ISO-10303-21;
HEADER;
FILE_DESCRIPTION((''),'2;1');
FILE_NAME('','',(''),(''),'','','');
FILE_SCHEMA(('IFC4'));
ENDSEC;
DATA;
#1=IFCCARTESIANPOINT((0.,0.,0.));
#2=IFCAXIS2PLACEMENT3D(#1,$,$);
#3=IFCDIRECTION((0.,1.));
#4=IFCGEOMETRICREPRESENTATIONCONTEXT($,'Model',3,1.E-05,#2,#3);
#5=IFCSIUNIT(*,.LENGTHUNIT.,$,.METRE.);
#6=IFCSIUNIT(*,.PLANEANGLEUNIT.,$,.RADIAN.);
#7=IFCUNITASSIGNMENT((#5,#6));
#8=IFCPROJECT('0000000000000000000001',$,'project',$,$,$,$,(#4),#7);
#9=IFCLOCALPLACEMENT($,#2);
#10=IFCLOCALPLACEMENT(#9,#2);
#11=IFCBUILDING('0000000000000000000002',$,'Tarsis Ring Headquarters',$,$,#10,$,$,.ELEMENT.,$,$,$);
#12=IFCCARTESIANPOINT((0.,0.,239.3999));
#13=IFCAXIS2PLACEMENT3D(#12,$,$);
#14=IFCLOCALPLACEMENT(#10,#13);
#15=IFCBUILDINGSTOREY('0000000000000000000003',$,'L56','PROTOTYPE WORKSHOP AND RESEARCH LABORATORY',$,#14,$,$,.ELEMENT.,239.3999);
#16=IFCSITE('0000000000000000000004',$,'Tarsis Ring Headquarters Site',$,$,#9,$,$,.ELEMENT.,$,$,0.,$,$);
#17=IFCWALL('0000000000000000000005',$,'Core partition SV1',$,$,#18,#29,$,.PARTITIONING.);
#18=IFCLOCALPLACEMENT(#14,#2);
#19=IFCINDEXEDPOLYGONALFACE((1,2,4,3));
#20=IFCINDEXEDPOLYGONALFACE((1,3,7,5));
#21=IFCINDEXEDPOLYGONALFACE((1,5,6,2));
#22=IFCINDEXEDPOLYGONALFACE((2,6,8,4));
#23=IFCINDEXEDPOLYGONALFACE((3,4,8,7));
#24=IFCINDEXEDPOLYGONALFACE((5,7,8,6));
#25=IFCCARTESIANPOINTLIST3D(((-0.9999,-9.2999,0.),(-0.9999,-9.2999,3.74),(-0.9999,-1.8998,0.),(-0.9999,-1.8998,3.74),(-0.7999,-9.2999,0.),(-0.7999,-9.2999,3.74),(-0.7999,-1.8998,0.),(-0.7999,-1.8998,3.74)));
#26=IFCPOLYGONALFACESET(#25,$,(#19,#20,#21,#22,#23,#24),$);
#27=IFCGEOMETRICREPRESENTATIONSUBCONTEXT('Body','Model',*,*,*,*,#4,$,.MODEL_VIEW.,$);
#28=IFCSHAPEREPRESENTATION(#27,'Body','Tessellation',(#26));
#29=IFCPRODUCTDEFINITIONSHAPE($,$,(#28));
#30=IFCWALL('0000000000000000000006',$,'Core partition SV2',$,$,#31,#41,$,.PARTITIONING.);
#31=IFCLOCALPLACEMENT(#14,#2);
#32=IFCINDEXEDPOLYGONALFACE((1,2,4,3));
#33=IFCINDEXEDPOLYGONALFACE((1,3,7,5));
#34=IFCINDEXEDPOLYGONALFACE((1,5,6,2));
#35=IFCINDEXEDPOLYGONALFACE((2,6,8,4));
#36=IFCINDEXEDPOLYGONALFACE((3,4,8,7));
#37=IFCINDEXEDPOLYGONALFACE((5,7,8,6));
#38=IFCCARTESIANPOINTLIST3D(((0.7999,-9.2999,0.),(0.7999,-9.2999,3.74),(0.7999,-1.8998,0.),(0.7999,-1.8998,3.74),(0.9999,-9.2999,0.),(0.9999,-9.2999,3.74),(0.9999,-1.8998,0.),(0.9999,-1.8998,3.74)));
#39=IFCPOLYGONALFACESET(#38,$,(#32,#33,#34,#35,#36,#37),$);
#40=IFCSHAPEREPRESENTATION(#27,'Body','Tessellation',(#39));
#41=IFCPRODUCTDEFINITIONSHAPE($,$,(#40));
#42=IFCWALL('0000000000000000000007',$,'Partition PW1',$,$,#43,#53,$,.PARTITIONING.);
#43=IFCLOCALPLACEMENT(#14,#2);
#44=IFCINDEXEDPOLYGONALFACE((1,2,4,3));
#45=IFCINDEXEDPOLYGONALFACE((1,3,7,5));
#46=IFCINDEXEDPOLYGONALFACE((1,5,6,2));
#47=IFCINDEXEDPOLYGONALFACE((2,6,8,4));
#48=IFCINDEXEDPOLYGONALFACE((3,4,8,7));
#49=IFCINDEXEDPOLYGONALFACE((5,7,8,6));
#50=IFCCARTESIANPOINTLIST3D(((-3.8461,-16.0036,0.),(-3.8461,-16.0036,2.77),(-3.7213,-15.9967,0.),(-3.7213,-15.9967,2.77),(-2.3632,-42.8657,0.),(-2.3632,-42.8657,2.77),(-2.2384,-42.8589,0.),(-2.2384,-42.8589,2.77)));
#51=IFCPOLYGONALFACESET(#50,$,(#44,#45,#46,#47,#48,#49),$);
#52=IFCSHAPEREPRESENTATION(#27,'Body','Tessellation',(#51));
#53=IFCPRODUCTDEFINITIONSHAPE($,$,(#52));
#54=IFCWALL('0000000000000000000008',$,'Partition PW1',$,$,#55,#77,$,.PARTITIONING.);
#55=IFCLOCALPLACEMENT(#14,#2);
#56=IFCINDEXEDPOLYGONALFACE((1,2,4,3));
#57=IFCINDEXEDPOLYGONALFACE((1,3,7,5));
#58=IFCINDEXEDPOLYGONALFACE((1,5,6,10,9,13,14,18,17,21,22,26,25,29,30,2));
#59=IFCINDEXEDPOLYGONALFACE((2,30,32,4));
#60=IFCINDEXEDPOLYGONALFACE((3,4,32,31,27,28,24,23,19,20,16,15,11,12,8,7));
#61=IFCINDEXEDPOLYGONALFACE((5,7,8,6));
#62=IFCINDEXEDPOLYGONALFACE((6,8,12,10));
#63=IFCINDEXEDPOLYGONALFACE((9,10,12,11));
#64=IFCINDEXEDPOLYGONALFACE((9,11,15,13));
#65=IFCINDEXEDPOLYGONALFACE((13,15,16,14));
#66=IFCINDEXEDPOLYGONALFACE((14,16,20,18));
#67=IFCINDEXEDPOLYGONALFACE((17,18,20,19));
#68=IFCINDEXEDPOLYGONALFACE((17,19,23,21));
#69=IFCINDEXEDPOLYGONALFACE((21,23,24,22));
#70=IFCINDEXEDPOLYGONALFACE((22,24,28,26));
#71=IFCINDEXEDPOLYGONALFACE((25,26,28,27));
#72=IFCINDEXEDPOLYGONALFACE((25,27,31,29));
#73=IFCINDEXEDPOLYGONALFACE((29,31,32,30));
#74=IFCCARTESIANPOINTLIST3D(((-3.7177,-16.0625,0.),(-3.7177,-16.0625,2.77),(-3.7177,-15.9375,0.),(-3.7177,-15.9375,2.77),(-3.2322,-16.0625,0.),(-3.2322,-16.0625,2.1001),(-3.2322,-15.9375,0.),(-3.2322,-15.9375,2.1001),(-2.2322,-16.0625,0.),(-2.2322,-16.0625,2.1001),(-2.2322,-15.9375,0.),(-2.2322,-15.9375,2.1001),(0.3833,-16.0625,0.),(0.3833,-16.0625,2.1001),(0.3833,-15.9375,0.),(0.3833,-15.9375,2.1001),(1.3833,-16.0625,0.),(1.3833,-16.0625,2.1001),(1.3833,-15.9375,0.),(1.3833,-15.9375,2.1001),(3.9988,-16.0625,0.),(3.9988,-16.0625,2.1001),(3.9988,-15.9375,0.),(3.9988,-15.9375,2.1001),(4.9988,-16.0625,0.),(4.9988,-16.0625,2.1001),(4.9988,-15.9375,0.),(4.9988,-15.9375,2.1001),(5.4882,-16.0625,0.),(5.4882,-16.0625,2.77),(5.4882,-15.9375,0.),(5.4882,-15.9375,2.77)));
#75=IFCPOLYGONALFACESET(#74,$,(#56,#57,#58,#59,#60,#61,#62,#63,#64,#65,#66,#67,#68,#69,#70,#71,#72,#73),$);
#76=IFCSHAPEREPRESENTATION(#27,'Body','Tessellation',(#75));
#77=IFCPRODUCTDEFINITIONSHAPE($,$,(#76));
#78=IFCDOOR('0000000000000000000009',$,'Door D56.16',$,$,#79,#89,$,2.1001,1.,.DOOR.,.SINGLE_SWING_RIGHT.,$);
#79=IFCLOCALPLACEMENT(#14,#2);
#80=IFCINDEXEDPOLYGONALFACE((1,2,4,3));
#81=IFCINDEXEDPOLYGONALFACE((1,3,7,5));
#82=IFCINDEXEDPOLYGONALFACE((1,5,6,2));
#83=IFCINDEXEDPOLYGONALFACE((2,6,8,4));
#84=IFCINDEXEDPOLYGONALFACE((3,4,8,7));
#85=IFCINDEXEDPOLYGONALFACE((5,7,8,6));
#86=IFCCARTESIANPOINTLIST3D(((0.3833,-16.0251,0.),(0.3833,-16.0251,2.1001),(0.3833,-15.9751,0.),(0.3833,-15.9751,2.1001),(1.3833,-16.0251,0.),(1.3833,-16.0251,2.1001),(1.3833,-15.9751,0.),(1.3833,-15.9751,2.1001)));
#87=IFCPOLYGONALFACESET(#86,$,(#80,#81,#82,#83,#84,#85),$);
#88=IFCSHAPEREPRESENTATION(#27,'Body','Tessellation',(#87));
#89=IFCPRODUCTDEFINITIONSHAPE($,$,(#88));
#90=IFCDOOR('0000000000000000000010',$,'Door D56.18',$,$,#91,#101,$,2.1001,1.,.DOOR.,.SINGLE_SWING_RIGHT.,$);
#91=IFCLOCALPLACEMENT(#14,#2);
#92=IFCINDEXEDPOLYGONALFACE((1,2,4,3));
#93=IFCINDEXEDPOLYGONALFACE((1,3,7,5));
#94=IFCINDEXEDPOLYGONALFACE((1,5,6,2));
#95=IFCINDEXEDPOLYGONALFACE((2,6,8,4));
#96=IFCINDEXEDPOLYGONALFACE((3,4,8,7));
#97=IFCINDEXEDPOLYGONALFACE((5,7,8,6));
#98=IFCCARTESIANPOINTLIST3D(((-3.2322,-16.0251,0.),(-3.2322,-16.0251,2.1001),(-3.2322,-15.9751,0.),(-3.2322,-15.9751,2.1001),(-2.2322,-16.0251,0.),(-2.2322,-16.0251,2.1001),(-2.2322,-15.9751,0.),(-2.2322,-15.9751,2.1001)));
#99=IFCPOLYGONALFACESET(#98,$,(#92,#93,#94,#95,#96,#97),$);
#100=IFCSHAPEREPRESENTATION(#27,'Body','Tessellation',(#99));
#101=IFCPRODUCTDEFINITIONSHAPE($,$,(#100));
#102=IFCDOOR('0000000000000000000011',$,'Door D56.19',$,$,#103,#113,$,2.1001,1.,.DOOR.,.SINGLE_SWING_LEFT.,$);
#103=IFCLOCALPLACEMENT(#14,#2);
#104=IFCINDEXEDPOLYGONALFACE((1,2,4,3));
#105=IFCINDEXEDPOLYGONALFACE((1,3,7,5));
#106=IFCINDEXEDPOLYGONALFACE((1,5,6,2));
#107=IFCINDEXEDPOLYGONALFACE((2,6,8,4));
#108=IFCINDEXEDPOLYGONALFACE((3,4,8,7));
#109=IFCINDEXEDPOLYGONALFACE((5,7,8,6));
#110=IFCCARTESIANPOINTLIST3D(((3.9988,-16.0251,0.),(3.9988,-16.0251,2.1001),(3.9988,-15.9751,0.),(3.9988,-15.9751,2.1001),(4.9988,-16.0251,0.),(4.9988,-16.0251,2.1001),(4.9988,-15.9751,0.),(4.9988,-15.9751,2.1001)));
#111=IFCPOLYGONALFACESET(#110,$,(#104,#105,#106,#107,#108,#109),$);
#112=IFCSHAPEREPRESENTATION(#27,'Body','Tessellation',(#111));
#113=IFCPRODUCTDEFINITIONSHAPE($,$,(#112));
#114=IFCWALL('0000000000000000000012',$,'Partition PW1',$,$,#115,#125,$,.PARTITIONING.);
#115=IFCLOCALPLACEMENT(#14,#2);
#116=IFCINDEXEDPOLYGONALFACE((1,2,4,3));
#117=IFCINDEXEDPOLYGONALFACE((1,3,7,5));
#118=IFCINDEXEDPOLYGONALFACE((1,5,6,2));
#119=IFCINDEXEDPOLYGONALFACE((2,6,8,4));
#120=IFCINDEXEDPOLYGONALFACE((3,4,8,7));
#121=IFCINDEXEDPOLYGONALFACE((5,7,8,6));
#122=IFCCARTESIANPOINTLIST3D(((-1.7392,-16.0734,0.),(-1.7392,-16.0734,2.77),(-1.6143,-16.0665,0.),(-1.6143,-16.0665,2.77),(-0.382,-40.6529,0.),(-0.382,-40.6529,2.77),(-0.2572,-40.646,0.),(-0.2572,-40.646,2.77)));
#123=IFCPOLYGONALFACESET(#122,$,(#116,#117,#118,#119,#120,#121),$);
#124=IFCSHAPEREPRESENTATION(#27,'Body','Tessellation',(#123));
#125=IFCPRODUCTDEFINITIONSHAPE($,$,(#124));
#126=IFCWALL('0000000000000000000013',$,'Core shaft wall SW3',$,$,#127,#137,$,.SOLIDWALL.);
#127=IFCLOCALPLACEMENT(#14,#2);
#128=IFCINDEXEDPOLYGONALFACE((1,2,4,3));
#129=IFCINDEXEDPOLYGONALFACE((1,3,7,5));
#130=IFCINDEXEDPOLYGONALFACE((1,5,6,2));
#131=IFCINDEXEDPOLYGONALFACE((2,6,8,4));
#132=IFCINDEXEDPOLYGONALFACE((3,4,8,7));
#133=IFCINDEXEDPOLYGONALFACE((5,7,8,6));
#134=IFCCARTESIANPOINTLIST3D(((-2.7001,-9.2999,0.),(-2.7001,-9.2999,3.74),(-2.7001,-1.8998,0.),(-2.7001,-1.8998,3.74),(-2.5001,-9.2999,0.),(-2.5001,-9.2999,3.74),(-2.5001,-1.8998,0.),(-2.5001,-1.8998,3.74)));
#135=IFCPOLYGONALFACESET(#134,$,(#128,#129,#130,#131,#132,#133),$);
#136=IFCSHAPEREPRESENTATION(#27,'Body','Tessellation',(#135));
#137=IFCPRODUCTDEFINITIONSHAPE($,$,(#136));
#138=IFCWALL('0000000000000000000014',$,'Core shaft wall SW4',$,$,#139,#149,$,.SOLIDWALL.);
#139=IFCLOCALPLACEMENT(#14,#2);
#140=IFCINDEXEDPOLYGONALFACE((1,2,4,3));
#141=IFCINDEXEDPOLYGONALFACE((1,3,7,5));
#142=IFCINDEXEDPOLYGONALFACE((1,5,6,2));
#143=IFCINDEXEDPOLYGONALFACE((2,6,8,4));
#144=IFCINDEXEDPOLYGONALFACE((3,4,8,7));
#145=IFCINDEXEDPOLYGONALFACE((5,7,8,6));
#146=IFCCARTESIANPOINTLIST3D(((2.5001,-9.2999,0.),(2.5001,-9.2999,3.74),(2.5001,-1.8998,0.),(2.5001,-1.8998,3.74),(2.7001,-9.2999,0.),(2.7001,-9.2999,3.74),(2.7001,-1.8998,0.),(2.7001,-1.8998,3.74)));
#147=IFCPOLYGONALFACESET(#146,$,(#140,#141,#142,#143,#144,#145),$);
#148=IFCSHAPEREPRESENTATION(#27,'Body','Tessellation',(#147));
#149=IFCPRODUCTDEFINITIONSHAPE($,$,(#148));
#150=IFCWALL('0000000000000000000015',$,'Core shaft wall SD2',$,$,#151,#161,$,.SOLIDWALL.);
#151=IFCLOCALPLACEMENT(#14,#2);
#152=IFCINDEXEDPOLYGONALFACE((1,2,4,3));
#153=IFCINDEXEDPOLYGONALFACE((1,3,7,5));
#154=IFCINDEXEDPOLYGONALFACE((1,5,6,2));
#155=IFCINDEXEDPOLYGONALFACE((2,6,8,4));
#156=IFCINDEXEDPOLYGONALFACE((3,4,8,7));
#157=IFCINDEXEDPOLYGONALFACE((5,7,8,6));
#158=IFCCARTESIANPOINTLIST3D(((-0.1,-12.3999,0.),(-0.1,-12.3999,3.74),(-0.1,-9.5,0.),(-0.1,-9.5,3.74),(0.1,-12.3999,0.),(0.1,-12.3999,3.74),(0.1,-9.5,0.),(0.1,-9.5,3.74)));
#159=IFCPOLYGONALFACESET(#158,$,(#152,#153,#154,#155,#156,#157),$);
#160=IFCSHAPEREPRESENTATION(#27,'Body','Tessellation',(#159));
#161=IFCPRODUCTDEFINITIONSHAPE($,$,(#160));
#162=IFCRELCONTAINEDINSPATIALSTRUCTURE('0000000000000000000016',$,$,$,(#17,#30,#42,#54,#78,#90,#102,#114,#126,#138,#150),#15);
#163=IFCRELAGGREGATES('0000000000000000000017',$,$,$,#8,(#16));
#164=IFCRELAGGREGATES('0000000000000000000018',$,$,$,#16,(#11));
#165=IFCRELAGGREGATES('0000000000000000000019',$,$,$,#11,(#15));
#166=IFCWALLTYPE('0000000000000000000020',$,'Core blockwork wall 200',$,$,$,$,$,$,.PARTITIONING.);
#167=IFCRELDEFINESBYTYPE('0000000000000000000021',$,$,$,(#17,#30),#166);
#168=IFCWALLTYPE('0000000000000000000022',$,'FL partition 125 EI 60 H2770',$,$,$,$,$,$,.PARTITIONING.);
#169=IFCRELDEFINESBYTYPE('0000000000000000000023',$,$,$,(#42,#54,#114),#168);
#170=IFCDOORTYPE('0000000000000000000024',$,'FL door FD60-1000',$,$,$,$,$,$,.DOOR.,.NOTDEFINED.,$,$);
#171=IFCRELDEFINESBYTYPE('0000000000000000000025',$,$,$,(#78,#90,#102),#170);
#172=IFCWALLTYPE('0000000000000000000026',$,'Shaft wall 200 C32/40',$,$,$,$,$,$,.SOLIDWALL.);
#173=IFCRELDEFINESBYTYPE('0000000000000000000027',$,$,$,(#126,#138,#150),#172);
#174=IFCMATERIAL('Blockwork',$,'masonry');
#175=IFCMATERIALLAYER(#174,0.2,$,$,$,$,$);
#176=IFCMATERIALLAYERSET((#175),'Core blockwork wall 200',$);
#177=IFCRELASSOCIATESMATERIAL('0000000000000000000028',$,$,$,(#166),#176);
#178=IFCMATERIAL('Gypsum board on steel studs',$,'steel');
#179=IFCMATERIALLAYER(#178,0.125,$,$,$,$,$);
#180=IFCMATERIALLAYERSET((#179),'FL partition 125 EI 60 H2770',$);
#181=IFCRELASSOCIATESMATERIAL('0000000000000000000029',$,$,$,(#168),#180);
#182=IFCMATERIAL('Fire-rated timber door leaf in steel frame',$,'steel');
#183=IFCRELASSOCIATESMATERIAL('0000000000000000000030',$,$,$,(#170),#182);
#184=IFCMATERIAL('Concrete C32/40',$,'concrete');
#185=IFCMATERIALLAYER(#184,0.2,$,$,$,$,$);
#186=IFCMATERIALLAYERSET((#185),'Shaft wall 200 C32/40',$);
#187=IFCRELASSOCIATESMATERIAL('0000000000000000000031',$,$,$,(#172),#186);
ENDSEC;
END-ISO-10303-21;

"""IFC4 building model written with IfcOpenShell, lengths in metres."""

from ifc_helpers import new_model, si_unit, direction, frame, frame_2d, origin, place, context, subcontext, project, spatial, rectangle, extrude, material, layer, layer_set, type_object, element, fill, save


model = new_model("IFC4")

# Units and contexts
model_context = context("Model", 3, precision=1e-05, world=origin(), true_north=direction((0.0, 1.0)))
body_context = subcontext(model_context, "Body", "Model", "MODEL_VIEW")
ifc_project = project(units=[si_unit("LENGTHUNIT", "METRE"), si_unit("PLANEANGLEUNIT", "RADIAN")], contexts=[model_context])

# Site, building, storey
site_placement = place(None, origin())
site = spatial("IfcSite", under=ifc_project, at=site_placement, Name="Tarsis Ring Headquarters Site", CompositionType="ELEMENT", RefElevation=0.0)
building_placement = place(site_placement, origin())
building = spatial("IfcBuilding", under=site, at=building_placement, Name="Tarsis Ring Headquarters", CompositionType="ELEMENT")
storey_placement = place(building_placement, frame((0.0, 0.0, 239.3999)))
storey = spatial("IfcBuildingStorey", under=building, at=storey_placement, Name="L56", Description="PROTOTYPE WORKSHOP AND RESEARCH LABORATORY", CompositionType="ELEMENT", Elevation=239.3999)

# Walls
ifc_material_1 = material(Name="Blockwork", Category="masonry")
ifc_layer_1 = layer(ifc_material_1, 0.2)
ifc_layer_set_1 = layer_set([ifc_layer_1], Name="Core blockwork wall 200")
wall_type_1 = type_object("IfcWallType", Name="Core blockwork wall 200", PredefinedType="PARTITIONING", material=ifc_layer_set_1)
for number, where, z_axis, x_axis, name in (
    (1, (-0.8999, -9.3, 0.0), (0.0, 0.0, 1.0), (0.0, 1.0, 0.0), "Core partition SV1"),
    (2, (0.8999, -9.3, 0.0), (0.0, 0.0, 1.0), (0.0, 1.0, 0.0), "Core partition SV2"),
):
    element("IfcWall", number, at=place(storey_placement, frame(where, z_axis=z_axis, x_axis=x_axis)), inside=storey, type_object=wall_type_1, Name=name, PredefinedType="PARTITIONING", context=body_context, shape_type="SweptSolid", body=[
        extrude(rectangle(XDim=7.4001, YDim=0.2, at=frame_2d((3.7002, 0.0))), origin(), (0.0, 0.0, 1.0), 3.74),
    ])
ifc_material_2 = material(Name="Gypsum board on steel studs", Category="steel")
ifc_layer_2 = layer(ifc_material_2, 0.125)
ifc_layer_set_2 = layer_set([ifc_layer_2], Name="FL partition 125 EI 60 H2770")
wall_type_2 = type_object("IfcWallType", Name="FL partition 125 EI 60 H2770", PredefinedType="PARTITIONING", material=ifc_layer_set_2)
wall_1_placement = place(storey_placement, frame((-3.7837, -16.0, 0.0), z_axis=(0.0, 0.0, 1.0), x_axis=(0.055121, -0.99848, 0.0)))
element("IfcWall", 3, at=wall_1_placement, inside=storey, type_object=wall_type_2, Name="Partition PW1", PredefinedType="PARTITIONING", context=body_context, shape_type="SweptSolid", body=[
    extrude(rectangle(XDim=26.9031, YDim=0.125, at=frame_2d((13.4517, 0.0))), origin(), (0.0, 0.0, 1.0), 2.77),
])

# Wall, openings, doors
wall_2_placement = place(storey_placement, frame((-3.7178, -16.0, 0.0), z_axis=(0.0, 0.0, 1.0), x_axis=(1.0, 0.0, 0.0)))
wall_2 = element("IfcWall", 4, at=wall_2_placement, inside=storey, type_object=wall_type_2, Name="Partition PW1", PredefinedType="PARTITIONING", context=body_context, shape_type="SweptSolid", body=[
    extrude(rectangle(XDim=9.2058, YDim=0.125, at=frame_2d((4.603, 0.0))), origin(), (0.0, 0.0, 1.0), 2.77),
])
opening_1_placement = place(wall_2_placement, frame((4.1011, 0.0, 0.0)))
opening_1 = element("IfcOpeningElement", 5, at=opening_1_placement, cuts=wall_2, PredefinedType="OPENING", context=body_context, shape_type="SweptSolid", body=[
    extrude(rectangle(XDim=1.0, YDim=2.1001, at=frame_2d((0.5, 1.05))), frame((0.0, 0.0725, 0.0), z_axis=(0.0, -1.0, 0.0), x_axis=(1.0, 0.0, 0.0)), (0.0, 0.0, 1.0), 0.145),
])
opening_2_placement = place(wall_2_placement, frame((0.4856, 0.0, 0.0)))
opening_2 = element("IfcOpeningElement", 6, at=opening_2_placement, cuts=wall_2, PredefinedType="OPENING", context=body_context, shape_type="SweptSolid", body=[
    extrude(rectangle(XDim=1.0, YDim=2.1001, at=frame_2d((0.5, 1.05))), frame((0.0, 0.0725, 0.0), z_axis=(0.0, -1.0, 0.0), x_axis=(1.0, 0.0, 0.0)), (0.0, 0.0, 1.0), 0.145),
])
opening_3_placement = place(wall_2_placement, frame((7.7166, 0.0, 0.0)))
opening_3 = element("IfcOpeningElement", 7, at=opening_3_placement, cuts=wall_2, PredefinedType="OPENING", context=body_context, shape_type="SweptSolid", body=[
    extrude(rectangle(XDim=1.0, YDim=2.1001, at=frame_2d((0.5, 1.05))), frame((0.0, 0.0725, 0.0), z_axis=(0.0, -1.0, 0.0), x_axis=(1.0, 0.0, 0.0)), (0.0, 0.0, 1.0), 0.145),
])
ifc_material_3 = material(Name="Fire-rated timber door leaf in steel frame", Category="steel")
door_type = type_object("IfcDoorType", Name="FL door FD60-1000", OperationType="NOTDEFINED", PredefinedType="DOOR", material=ifc_material_3)
door_1_placement = place(opening_1_placement, origin())
door_1 = element("IfcDoor", 8, at=door_1_placement, inside=storey, type_object=door_type, Name="Door D56.16", OperationType="SINGLE_SWING_RIGHT", OverallHeight=2.1001, OverallWidth=1.0, PredefinedType="DOOR", context=body_context, shape_type="SweptSolid", body=[
    extrude(rectangle(XDim=1.0, YDim=2.1001, at=frame_2d((0.5, 1.05))), frame((0.0, 0.0249, 0.0), z_axis=(0.0, -1.0, 0.0), x_axis=(1.0, 0.0, 0.0)), (0.0, 0.0, 1.0), 0.05),
])
fill(opening_1, door_1)
door_2_placement = place(opening_2_placement, origin())
door_2 = element("IfcDoor", 9, at=door_2_placement, inside=storey, type_object=door_type, Name="Door D56.18", OperationType="SINGLE_SWING_RIGHT", OverallHeight=2.1001, OverallWidth=1.0, PredefinedType="DOOR", context=body_context, shape_type="SweptSolid", body=[
    extrude(rectangle(XDim=1.0, YDim=2.1001, at=frame_2d((0.5, 1.05))), frame((0.0, 0.0249, 0.0), z_axis=(0.0, -1.0, 0.0), x_axis=(1.0, 0.0, 0.0)), (0.0, 0.0, 1.0), 0.05),
])
fill(opening_2, door_2)
door_3_placement = place(opening_3_placement, origin())
door_3 = element("IfcDoor", 10, at=door_3_placement, inside=storey, type_object=door_type, Name="Door D56.19", OperationType="SINGLE_SWING_LEFT", OverallHeight=2.1001, OverallWidth=1.0, PredefinedType="DOOR", context=body_context, shape_type="SweptSolid", body=[
    extrude(rectangle(XDim=1.0, YDim=2.1001, at=frame_2d((0.5, 1.05))), frame((0.0, 0.0249, 0.0), z_axis=(0.0, -1.0, 0.0), x_axis=(1.0, 0.0, 0.0)), (0.0, 0.0, 1.0), 0.05),
])
fill(opening_3, door_3)

# Walls
wall_3_placement = place(storey_placement, frame((-1.6768, -16.0698, 0.0), z_axis=(0.0, 0.0, 1.0), x_axis=(0.055132, -0.998479, 0.0)))
element("IfcWall", 11, at=wall_3_placement, inside=storey, type_object=wall_type_2, Name="Partition PW1", PredefinedType="PARTITIONING", context=body_context, shape_type="SweptSolid", body=[
    extrude(rectangle(XDim=24.6169, YDim=0.125, at=frame_2d((12.3086, 0.0))), origin(), (0.0, 0.0, 1.0), 2.77),
])
ifc_material_4 = material(Name="Concrete C32/40", Category="concrete")
ifc_layer_3 = layer(ifc_material_4, 0.2)
ifc_layer_set_3 = layer_set([ifc_layer_3], Name="Shaft wall 200 C32/40")
wall_type_3 = type_object("IfcWallType", Name="Shaft wall 200 C32/40", PredefinedType="SOLIDWALL", material=ifc_layer_set_3)
for number, where, z_axis, x_axis, name in (
    (12, (-2.6001, -9.3, 0.0), (0.0, 0.0, 1.0), (0.0, 1.0, 0.0), "Core shaft wall SW3"),
    (13, (2.6001, -9.3, 0.0), (0.0, 0.0, 1.0), (0.0, 1.0, 0.0), "Core shaft wall SW4"),
):
    element("IfcWall", number, at=place(storey_placement, frame(where, z_axis=z_axis, x_axis=x_axis)), inside=storey, type_object=wall_type_3, Name=name, PredefinedType="SOLIDWALL", context=body_context, shape_type="SweptSolid", body=[
        extrude(rectangle(XDim=7.4001, YDim=0.2, at=frame_2d((3.7002, 0.0))), origin(), (0.0, 0.0, 1.0), 3.74),
    ])
wall_4_placement = place(storey_placement, frame((0.0, -12.3999, 0.0), z_axis=(0.0, 0.0, 1.0), x_axis=(0.0, 1.0, 0.0)))
element("IfcWall", 14, at=wall_4_placement, inside=storey, type_object=wall_type_3, Name="Core shaft wall SD2", PredefinedType="SOLIDWALL", context=body_context, shape_type="SweptSolid", body=[
    extrude(rectangle(XDim=2.8999, YDim=0.2, at=frame_2d((1.45, 0.0))), origin(), (0.0, 0.0, 1.0), 3.74),
])

save(model, "model.ifc")
